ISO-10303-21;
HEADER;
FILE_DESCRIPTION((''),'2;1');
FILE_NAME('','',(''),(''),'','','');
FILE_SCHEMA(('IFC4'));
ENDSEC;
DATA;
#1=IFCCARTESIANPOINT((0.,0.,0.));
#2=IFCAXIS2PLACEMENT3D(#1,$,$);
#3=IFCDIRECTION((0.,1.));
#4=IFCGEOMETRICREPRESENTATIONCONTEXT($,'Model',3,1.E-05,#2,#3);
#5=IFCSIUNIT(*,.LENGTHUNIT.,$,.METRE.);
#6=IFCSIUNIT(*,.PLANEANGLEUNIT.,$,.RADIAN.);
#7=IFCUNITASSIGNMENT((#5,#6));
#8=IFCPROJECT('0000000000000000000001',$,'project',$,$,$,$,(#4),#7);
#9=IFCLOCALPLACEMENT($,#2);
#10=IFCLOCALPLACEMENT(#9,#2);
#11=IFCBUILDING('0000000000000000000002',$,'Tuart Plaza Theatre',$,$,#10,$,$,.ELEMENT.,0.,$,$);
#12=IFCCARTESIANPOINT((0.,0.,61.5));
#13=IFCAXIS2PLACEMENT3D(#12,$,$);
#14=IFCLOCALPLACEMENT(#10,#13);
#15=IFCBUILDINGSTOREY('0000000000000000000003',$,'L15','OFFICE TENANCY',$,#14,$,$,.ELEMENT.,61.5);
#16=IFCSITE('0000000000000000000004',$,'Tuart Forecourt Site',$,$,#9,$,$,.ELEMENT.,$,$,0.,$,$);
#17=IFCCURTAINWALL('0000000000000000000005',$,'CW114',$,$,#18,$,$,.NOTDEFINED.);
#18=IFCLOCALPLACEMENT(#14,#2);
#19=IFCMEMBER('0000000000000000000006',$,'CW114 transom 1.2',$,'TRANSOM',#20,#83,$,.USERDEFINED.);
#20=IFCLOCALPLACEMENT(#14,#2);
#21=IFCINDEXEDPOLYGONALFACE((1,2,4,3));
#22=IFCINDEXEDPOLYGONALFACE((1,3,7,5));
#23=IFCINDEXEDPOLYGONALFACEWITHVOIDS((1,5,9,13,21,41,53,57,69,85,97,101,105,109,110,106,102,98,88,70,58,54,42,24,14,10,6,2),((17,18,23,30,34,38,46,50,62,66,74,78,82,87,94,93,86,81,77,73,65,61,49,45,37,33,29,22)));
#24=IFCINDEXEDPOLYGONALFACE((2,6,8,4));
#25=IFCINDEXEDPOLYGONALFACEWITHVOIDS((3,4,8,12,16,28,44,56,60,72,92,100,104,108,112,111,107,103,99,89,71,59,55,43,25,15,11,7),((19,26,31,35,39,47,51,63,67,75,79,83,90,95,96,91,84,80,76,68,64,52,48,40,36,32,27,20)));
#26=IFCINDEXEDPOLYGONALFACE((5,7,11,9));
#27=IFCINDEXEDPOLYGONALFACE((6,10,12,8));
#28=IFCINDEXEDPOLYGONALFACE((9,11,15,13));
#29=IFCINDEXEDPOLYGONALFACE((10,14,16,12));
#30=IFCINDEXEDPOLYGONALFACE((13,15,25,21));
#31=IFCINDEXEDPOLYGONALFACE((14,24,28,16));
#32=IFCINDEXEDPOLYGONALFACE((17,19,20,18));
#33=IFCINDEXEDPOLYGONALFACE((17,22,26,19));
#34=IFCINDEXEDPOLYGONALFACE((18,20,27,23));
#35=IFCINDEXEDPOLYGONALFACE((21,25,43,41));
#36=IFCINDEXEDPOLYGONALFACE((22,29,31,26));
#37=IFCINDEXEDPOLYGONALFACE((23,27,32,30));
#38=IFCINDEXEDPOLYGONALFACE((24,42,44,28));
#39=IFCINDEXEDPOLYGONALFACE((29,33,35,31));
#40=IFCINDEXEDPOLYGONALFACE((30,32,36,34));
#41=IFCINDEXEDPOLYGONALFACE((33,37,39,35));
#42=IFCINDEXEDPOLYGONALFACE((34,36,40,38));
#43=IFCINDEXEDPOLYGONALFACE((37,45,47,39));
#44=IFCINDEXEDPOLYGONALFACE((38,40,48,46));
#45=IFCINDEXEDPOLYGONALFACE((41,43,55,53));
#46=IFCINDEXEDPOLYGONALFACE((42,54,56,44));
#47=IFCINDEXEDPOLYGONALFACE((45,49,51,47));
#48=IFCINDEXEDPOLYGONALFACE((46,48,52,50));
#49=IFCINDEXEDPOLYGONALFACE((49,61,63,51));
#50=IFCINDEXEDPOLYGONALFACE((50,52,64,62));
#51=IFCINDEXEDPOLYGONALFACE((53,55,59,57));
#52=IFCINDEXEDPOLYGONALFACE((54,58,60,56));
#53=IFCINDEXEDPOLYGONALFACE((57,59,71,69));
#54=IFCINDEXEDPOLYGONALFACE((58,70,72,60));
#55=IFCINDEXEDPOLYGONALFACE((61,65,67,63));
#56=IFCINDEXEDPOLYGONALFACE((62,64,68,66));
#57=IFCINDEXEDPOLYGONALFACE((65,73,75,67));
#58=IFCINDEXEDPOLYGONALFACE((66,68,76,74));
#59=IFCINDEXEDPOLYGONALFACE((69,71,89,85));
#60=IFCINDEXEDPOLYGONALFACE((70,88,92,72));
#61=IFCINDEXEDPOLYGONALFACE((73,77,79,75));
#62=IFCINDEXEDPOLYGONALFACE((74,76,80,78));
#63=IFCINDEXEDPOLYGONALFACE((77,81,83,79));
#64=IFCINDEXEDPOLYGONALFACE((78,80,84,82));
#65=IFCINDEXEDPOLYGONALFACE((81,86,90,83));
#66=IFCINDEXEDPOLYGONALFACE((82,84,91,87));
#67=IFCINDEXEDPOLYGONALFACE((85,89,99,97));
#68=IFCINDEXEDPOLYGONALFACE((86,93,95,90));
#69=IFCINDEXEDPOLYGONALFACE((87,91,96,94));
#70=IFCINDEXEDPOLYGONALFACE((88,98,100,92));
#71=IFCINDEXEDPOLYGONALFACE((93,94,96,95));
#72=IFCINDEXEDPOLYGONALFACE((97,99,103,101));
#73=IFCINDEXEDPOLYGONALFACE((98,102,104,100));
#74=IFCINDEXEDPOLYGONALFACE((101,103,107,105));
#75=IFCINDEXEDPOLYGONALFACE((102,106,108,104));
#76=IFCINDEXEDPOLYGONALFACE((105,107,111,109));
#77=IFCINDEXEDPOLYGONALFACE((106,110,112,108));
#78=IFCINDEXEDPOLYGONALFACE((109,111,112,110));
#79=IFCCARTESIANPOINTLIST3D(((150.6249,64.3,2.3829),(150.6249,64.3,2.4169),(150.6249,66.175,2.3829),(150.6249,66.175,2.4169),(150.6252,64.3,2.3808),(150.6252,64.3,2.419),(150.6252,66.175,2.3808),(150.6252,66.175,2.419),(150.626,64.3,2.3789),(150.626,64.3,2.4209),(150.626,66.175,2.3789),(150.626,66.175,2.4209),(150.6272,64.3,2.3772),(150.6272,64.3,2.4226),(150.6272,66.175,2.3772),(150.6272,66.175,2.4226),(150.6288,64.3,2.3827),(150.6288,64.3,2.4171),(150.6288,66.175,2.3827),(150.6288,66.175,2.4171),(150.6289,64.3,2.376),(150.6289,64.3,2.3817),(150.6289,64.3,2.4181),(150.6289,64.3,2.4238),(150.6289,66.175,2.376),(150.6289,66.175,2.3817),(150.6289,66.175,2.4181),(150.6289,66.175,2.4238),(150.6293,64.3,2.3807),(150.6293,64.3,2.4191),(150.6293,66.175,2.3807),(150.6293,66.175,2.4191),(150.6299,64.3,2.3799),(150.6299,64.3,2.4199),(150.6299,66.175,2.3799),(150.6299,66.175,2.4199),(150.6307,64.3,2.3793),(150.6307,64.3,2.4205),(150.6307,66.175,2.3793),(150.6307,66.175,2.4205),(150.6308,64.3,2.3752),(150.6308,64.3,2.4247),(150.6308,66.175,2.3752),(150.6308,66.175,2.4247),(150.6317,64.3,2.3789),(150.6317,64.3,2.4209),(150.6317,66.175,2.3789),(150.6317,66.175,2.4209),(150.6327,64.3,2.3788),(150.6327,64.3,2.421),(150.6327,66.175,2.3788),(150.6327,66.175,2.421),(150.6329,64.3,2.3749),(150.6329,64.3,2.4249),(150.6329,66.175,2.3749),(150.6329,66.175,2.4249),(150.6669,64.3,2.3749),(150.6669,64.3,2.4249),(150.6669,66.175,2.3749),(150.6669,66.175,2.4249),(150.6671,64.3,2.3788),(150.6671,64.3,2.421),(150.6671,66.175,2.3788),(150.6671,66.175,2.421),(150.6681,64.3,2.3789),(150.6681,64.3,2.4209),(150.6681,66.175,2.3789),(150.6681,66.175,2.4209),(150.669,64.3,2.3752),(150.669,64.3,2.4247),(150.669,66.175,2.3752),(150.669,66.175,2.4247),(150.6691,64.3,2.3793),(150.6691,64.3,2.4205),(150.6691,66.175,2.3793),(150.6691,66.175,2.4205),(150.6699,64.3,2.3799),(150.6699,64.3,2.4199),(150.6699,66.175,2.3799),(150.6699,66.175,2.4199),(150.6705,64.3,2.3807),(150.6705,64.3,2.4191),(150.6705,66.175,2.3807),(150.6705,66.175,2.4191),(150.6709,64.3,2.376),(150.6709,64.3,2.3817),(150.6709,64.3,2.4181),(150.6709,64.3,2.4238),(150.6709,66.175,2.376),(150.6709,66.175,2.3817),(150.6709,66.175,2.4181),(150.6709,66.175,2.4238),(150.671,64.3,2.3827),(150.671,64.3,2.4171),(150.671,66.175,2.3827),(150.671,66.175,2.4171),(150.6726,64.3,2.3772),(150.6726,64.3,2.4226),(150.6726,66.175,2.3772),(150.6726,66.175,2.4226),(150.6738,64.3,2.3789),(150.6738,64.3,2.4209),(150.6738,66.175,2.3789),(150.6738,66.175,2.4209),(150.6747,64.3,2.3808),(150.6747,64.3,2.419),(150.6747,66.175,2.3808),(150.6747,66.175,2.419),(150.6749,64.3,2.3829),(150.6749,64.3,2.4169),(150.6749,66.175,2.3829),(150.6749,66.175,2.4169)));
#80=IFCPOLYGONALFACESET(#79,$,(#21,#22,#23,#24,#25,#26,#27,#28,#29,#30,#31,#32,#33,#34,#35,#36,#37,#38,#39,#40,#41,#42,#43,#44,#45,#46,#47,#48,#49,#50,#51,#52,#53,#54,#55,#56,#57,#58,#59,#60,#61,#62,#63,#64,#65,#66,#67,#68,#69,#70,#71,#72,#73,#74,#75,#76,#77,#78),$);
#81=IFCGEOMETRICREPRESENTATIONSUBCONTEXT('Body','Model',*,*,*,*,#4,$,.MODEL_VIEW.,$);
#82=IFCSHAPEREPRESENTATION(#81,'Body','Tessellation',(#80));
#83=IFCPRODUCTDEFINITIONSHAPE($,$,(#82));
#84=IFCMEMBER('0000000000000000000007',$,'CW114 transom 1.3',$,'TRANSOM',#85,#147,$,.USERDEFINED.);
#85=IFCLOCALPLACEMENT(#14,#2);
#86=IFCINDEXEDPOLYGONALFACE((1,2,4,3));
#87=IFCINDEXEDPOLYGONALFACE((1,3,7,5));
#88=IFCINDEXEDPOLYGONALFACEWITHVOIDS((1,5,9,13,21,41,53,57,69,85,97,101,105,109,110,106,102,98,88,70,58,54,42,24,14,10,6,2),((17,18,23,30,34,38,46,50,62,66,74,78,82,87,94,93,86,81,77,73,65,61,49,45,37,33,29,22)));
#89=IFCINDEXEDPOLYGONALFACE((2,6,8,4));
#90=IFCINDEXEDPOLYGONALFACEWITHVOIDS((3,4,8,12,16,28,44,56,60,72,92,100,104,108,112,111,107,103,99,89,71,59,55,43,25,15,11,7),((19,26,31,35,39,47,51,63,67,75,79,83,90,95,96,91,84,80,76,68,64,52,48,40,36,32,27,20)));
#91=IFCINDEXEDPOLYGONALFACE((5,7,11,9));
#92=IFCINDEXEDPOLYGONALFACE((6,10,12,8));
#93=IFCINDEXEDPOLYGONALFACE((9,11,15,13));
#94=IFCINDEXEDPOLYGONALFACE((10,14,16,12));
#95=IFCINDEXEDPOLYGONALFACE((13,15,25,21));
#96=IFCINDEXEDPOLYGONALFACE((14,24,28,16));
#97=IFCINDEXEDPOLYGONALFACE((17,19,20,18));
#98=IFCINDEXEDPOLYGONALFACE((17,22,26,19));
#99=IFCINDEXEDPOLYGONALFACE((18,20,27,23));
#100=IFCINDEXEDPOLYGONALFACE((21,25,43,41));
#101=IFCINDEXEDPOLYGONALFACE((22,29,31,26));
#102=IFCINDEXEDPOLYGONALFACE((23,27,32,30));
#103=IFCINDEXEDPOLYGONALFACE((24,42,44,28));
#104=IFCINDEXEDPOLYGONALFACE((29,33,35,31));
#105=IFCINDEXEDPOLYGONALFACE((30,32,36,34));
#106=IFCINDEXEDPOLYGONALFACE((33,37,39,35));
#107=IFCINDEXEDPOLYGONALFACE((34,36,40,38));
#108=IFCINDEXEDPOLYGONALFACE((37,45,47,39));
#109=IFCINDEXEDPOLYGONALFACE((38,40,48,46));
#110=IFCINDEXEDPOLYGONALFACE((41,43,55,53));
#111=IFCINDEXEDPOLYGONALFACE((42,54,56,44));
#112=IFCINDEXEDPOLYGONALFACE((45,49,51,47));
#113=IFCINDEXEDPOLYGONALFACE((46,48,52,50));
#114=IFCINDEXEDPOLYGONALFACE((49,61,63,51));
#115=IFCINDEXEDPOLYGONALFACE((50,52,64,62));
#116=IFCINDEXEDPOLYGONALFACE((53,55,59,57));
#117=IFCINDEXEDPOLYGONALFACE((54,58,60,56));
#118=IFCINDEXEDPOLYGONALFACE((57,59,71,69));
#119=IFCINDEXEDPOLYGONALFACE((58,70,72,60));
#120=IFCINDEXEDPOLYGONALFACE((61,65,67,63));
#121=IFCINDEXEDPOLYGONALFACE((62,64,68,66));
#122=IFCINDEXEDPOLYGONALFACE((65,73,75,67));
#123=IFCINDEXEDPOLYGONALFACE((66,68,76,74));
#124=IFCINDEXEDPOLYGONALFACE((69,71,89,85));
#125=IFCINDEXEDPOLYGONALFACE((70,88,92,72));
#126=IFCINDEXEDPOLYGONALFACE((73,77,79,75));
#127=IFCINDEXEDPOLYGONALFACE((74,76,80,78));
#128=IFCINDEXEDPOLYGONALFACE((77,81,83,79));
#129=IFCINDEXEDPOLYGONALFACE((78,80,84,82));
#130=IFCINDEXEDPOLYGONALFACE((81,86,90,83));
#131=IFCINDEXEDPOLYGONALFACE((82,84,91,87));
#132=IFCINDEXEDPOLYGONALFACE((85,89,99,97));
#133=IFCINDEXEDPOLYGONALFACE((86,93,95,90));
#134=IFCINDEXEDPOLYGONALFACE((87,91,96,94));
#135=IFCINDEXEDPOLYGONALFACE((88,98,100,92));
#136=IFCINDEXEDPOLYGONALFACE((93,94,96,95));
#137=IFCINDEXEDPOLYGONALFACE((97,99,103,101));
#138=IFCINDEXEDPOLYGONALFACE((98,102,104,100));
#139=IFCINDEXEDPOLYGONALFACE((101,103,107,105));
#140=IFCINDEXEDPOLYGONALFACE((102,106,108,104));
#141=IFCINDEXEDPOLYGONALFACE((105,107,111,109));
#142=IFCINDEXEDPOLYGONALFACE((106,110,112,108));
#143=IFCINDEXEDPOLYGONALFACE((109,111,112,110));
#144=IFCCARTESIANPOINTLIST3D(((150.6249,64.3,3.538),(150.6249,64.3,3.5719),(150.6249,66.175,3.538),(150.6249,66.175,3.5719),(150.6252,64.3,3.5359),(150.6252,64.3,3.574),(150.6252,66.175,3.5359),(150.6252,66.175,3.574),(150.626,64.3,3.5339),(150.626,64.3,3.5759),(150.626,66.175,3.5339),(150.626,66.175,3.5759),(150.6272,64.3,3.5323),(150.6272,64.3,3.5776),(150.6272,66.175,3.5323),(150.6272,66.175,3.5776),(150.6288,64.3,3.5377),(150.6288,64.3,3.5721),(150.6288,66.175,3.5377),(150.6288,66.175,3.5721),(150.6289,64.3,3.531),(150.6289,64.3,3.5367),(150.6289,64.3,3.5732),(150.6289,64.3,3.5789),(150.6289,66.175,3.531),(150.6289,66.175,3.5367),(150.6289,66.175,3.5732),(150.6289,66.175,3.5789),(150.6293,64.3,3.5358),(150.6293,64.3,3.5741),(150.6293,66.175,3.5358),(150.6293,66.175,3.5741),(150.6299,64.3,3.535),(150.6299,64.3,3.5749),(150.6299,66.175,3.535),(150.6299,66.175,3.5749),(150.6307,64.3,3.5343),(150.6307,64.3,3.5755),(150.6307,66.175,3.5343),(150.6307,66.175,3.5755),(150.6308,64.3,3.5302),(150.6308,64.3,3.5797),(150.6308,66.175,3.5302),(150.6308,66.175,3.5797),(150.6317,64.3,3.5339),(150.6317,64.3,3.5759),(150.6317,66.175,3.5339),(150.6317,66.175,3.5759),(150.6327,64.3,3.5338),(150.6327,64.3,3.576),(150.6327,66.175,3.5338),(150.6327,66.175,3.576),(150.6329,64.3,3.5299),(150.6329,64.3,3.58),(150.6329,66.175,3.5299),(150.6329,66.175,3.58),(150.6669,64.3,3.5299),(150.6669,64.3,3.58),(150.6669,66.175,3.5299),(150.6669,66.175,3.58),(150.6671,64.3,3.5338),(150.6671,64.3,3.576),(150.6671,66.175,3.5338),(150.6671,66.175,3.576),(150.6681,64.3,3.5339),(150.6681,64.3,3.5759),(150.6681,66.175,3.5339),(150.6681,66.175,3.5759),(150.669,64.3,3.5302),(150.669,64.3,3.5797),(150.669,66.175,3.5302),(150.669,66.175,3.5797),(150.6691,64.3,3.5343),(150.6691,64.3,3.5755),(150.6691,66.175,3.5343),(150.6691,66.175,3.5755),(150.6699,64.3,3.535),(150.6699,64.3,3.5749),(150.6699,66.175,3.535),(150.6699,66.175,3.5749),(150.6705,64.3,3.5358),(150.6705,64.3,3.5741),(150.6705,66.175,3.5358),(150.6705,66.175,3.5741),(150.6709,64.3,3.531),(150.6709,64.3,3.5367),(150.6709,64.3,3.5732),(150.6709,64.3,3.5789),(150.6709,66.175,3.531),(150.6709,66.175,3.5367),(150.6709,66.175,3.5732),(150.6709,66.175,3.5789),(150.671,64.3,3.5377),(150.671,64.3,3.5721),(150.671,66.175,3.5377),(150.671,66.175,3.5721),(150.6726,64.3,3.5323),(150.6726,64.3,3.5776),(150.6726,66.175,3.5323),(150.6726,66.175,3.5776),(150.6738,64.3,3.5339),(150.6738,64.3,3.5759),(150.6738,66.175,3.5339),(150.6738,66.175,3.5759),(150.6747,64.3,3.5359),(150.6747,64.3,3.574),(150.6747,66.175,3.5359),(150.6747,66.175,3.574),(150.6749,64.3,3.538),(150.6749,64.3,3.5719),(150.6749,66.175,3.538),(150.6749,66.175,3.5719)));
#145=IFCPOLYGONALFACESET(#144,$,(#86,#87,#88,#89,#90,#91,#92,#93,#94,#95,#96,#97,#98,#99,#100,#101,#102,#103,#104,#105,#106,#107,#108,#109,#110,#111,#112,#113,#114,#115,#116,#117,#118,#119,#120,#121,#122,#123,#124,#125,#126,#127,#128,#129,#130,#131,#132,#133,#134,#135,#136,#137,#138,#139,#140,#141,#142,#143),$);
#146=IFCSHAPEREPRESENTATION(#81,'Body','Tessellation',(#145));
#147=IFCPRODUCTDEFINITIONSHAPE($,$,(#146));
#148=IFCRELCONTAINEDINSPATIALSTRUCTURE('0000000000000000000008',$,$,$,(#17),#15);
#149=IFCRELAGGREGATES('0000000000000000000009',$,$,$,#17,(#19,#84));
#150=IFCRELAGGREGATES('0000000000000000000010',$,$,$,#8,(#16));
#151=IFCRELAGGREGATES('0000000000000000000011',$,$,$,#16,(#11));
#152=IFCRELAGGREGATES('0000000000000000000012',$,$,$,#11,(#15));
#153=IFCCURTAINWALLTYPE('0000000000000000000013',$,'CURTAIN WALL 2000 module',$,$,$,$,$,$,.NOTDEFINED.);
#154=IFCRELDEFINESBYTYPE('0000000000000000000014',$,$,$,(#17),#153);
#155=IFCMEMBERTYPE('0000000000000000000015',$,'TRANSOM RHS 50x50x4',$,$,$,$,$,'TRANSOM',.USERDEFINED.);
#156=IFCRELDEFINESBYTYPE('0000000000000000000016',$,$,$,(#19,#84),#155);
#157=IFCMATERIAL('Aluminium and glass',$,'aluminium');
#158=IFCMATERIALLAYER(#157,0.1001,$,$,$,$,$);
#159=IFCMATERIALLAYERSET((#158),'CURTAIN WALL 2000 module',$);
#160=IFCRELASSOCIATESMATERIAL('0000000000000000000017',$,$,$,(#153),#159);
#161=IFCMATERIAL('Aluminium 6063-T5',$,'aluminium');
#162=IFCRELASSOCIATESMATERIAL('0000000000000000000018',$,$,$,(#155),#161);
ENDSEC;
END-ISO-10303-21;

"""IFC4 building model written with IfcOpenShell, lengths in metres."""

from ifc_helpers import new_model, si_unit, direction, frame, origin, origin_2d, place, context, subcontext, project, spatial, hollow_rectangle, extrude, material, layer, layer_set, material_profile, profile_set, type_object, element, aggregate, save


model = new_model("IFC4")

# Units and contexts
model_context = context("Model", 3, precision=1e-05, world=origin(), true_north=direction((0.0, 1.0)))
body_context = subcontext(model_context, "Body", "Model", "MODEL_VIEW")
ifc_project = project(units=[si_unit("LENGTHUNIT", "METRE"), si_unit("PLANEANGLEUNIT", "RADIAN")], contexts=[model_context])

# Site, building, storey
site_placement = place(None, origin())
site = spatial("IfcSite", under=ifc_project, at=site_placement, Name="Tuart Forecourt Site", CompositionType="ELEMENT", RefElevation=0.0)
building_placement = place(site_placement, origin())
building = spatial("IfcBuilding", under=site, at=building_placement, Name="Tuart Plaza Theatre", CompositionType="ELEMENT", ElevationOfRefHeight=0.0)
storey_placement = place(building_placement, frame((0.0, 0.0, 61.5)))
storey = spatial("IfcBuildingStorey", under=building, at=storey_placement, Name="L15", Description="OFFICE TENANCY", CompositionType="ELEMENT", Elevation=61.5)

# Shared definitions
ifc_material_1 = material(Name="Aluminium and glass", Category="aluminium")
ifc_layer_1 = layer(ifc_material_1, 0.1001)
ifc_layer_set_1 = layer_set([ifc_layer_1], Name="CURTAIN WALL 2000 module")
curtain_wall_type = type_object("IfcCurtainWallType", Name="CURTAIN WALL 2000 module", PredefinedType="NOTDEFINED", material=ifc_layer_set_1)

# Curtain wall
curtain_wall_1_placement = place(storey_placement, origin())
curtain_wall_1 = element("IfcCurtainWall", 1, at=curtain_wall_1_placement, inside=storey, type_object=curtain_wall_type, Name="CW114", PredefinedType="NOTDEFINED")

# Members
ifc_material_2 = material(Name="Aluminium 6063-T5", Category="aluminium")
ifc_material_profile_1 = material_profile(ifc_material_2, hollow_rectangle(XDim=0.05, YDim=0.05, WallThickness=0.0039, InnerFilletRadius=0.0039, OuterFilletRadius=0.0081, at=origin_2d()), Name="RHS 50x50x4")
ifc_profile_set_1 = profile_set([ifc_material_profile_1], Name="Aluminium 6063-T5")
member_type_1 = type_object("IfcMemberType", Name="TRANSOM RHS 50x50x4", ElementType="TRANSOM", PredefinedType="USERDEFINED", material=ifc_profile_set_1)
member_1_placement = place(storey_placement, frame((150.6499, 64.3, 2.3999), z_axis=(0.0, 1.0, 0.0), x_axis=(-1.0, 0.0, 0.0)))
member_1 = element("IfcMember", 2, at=member_1_placement, type_object=member_type_1, Name="CW114 transom 1.2", ObjectType="TRANSOM", PredefinedType="USERDEFINED", context=body_context, shape_type="SweptSolid", body=[
    extrude(hollow_rectangle(XDim=0.05, YDim=0.05, WallThickness=0.0039, InnerFilletRadius=0.0039, OuterFilletRadius=0.0081, at=origin_2d()), origin(), (0.0, 0.0, 1.0), 1.875),
])
member_2_placement = place(storey_placement, frame((150.6499, 64.3, 3.5549), z_axis=(0.0, 1.0, 0.0), x_axis=(-1.0, 0.0, 0.0)))
member_2 = element("IfcMember", 3, at=member_2_placement, type_object=member_type_1, Name="CW114 transom 1.3", ObjectType="TRANSOM", PredefinedType="USERDEFINED", context=body_context, shape_type="SweptSolid", body=[
    extrude(hollow_rectangle(XDim=0.05, YDim=0.05, WallThickness=0.0039, InnerFilletRadius=0.0039, OuterFilletRadius=0.0081, at=origin_2d()), origin(), (0.0, 0.0, 1.0), 1.875),
])

aggregate(curtain_wall_1, [member_1, member_2])

save(model, "model.ifc")
